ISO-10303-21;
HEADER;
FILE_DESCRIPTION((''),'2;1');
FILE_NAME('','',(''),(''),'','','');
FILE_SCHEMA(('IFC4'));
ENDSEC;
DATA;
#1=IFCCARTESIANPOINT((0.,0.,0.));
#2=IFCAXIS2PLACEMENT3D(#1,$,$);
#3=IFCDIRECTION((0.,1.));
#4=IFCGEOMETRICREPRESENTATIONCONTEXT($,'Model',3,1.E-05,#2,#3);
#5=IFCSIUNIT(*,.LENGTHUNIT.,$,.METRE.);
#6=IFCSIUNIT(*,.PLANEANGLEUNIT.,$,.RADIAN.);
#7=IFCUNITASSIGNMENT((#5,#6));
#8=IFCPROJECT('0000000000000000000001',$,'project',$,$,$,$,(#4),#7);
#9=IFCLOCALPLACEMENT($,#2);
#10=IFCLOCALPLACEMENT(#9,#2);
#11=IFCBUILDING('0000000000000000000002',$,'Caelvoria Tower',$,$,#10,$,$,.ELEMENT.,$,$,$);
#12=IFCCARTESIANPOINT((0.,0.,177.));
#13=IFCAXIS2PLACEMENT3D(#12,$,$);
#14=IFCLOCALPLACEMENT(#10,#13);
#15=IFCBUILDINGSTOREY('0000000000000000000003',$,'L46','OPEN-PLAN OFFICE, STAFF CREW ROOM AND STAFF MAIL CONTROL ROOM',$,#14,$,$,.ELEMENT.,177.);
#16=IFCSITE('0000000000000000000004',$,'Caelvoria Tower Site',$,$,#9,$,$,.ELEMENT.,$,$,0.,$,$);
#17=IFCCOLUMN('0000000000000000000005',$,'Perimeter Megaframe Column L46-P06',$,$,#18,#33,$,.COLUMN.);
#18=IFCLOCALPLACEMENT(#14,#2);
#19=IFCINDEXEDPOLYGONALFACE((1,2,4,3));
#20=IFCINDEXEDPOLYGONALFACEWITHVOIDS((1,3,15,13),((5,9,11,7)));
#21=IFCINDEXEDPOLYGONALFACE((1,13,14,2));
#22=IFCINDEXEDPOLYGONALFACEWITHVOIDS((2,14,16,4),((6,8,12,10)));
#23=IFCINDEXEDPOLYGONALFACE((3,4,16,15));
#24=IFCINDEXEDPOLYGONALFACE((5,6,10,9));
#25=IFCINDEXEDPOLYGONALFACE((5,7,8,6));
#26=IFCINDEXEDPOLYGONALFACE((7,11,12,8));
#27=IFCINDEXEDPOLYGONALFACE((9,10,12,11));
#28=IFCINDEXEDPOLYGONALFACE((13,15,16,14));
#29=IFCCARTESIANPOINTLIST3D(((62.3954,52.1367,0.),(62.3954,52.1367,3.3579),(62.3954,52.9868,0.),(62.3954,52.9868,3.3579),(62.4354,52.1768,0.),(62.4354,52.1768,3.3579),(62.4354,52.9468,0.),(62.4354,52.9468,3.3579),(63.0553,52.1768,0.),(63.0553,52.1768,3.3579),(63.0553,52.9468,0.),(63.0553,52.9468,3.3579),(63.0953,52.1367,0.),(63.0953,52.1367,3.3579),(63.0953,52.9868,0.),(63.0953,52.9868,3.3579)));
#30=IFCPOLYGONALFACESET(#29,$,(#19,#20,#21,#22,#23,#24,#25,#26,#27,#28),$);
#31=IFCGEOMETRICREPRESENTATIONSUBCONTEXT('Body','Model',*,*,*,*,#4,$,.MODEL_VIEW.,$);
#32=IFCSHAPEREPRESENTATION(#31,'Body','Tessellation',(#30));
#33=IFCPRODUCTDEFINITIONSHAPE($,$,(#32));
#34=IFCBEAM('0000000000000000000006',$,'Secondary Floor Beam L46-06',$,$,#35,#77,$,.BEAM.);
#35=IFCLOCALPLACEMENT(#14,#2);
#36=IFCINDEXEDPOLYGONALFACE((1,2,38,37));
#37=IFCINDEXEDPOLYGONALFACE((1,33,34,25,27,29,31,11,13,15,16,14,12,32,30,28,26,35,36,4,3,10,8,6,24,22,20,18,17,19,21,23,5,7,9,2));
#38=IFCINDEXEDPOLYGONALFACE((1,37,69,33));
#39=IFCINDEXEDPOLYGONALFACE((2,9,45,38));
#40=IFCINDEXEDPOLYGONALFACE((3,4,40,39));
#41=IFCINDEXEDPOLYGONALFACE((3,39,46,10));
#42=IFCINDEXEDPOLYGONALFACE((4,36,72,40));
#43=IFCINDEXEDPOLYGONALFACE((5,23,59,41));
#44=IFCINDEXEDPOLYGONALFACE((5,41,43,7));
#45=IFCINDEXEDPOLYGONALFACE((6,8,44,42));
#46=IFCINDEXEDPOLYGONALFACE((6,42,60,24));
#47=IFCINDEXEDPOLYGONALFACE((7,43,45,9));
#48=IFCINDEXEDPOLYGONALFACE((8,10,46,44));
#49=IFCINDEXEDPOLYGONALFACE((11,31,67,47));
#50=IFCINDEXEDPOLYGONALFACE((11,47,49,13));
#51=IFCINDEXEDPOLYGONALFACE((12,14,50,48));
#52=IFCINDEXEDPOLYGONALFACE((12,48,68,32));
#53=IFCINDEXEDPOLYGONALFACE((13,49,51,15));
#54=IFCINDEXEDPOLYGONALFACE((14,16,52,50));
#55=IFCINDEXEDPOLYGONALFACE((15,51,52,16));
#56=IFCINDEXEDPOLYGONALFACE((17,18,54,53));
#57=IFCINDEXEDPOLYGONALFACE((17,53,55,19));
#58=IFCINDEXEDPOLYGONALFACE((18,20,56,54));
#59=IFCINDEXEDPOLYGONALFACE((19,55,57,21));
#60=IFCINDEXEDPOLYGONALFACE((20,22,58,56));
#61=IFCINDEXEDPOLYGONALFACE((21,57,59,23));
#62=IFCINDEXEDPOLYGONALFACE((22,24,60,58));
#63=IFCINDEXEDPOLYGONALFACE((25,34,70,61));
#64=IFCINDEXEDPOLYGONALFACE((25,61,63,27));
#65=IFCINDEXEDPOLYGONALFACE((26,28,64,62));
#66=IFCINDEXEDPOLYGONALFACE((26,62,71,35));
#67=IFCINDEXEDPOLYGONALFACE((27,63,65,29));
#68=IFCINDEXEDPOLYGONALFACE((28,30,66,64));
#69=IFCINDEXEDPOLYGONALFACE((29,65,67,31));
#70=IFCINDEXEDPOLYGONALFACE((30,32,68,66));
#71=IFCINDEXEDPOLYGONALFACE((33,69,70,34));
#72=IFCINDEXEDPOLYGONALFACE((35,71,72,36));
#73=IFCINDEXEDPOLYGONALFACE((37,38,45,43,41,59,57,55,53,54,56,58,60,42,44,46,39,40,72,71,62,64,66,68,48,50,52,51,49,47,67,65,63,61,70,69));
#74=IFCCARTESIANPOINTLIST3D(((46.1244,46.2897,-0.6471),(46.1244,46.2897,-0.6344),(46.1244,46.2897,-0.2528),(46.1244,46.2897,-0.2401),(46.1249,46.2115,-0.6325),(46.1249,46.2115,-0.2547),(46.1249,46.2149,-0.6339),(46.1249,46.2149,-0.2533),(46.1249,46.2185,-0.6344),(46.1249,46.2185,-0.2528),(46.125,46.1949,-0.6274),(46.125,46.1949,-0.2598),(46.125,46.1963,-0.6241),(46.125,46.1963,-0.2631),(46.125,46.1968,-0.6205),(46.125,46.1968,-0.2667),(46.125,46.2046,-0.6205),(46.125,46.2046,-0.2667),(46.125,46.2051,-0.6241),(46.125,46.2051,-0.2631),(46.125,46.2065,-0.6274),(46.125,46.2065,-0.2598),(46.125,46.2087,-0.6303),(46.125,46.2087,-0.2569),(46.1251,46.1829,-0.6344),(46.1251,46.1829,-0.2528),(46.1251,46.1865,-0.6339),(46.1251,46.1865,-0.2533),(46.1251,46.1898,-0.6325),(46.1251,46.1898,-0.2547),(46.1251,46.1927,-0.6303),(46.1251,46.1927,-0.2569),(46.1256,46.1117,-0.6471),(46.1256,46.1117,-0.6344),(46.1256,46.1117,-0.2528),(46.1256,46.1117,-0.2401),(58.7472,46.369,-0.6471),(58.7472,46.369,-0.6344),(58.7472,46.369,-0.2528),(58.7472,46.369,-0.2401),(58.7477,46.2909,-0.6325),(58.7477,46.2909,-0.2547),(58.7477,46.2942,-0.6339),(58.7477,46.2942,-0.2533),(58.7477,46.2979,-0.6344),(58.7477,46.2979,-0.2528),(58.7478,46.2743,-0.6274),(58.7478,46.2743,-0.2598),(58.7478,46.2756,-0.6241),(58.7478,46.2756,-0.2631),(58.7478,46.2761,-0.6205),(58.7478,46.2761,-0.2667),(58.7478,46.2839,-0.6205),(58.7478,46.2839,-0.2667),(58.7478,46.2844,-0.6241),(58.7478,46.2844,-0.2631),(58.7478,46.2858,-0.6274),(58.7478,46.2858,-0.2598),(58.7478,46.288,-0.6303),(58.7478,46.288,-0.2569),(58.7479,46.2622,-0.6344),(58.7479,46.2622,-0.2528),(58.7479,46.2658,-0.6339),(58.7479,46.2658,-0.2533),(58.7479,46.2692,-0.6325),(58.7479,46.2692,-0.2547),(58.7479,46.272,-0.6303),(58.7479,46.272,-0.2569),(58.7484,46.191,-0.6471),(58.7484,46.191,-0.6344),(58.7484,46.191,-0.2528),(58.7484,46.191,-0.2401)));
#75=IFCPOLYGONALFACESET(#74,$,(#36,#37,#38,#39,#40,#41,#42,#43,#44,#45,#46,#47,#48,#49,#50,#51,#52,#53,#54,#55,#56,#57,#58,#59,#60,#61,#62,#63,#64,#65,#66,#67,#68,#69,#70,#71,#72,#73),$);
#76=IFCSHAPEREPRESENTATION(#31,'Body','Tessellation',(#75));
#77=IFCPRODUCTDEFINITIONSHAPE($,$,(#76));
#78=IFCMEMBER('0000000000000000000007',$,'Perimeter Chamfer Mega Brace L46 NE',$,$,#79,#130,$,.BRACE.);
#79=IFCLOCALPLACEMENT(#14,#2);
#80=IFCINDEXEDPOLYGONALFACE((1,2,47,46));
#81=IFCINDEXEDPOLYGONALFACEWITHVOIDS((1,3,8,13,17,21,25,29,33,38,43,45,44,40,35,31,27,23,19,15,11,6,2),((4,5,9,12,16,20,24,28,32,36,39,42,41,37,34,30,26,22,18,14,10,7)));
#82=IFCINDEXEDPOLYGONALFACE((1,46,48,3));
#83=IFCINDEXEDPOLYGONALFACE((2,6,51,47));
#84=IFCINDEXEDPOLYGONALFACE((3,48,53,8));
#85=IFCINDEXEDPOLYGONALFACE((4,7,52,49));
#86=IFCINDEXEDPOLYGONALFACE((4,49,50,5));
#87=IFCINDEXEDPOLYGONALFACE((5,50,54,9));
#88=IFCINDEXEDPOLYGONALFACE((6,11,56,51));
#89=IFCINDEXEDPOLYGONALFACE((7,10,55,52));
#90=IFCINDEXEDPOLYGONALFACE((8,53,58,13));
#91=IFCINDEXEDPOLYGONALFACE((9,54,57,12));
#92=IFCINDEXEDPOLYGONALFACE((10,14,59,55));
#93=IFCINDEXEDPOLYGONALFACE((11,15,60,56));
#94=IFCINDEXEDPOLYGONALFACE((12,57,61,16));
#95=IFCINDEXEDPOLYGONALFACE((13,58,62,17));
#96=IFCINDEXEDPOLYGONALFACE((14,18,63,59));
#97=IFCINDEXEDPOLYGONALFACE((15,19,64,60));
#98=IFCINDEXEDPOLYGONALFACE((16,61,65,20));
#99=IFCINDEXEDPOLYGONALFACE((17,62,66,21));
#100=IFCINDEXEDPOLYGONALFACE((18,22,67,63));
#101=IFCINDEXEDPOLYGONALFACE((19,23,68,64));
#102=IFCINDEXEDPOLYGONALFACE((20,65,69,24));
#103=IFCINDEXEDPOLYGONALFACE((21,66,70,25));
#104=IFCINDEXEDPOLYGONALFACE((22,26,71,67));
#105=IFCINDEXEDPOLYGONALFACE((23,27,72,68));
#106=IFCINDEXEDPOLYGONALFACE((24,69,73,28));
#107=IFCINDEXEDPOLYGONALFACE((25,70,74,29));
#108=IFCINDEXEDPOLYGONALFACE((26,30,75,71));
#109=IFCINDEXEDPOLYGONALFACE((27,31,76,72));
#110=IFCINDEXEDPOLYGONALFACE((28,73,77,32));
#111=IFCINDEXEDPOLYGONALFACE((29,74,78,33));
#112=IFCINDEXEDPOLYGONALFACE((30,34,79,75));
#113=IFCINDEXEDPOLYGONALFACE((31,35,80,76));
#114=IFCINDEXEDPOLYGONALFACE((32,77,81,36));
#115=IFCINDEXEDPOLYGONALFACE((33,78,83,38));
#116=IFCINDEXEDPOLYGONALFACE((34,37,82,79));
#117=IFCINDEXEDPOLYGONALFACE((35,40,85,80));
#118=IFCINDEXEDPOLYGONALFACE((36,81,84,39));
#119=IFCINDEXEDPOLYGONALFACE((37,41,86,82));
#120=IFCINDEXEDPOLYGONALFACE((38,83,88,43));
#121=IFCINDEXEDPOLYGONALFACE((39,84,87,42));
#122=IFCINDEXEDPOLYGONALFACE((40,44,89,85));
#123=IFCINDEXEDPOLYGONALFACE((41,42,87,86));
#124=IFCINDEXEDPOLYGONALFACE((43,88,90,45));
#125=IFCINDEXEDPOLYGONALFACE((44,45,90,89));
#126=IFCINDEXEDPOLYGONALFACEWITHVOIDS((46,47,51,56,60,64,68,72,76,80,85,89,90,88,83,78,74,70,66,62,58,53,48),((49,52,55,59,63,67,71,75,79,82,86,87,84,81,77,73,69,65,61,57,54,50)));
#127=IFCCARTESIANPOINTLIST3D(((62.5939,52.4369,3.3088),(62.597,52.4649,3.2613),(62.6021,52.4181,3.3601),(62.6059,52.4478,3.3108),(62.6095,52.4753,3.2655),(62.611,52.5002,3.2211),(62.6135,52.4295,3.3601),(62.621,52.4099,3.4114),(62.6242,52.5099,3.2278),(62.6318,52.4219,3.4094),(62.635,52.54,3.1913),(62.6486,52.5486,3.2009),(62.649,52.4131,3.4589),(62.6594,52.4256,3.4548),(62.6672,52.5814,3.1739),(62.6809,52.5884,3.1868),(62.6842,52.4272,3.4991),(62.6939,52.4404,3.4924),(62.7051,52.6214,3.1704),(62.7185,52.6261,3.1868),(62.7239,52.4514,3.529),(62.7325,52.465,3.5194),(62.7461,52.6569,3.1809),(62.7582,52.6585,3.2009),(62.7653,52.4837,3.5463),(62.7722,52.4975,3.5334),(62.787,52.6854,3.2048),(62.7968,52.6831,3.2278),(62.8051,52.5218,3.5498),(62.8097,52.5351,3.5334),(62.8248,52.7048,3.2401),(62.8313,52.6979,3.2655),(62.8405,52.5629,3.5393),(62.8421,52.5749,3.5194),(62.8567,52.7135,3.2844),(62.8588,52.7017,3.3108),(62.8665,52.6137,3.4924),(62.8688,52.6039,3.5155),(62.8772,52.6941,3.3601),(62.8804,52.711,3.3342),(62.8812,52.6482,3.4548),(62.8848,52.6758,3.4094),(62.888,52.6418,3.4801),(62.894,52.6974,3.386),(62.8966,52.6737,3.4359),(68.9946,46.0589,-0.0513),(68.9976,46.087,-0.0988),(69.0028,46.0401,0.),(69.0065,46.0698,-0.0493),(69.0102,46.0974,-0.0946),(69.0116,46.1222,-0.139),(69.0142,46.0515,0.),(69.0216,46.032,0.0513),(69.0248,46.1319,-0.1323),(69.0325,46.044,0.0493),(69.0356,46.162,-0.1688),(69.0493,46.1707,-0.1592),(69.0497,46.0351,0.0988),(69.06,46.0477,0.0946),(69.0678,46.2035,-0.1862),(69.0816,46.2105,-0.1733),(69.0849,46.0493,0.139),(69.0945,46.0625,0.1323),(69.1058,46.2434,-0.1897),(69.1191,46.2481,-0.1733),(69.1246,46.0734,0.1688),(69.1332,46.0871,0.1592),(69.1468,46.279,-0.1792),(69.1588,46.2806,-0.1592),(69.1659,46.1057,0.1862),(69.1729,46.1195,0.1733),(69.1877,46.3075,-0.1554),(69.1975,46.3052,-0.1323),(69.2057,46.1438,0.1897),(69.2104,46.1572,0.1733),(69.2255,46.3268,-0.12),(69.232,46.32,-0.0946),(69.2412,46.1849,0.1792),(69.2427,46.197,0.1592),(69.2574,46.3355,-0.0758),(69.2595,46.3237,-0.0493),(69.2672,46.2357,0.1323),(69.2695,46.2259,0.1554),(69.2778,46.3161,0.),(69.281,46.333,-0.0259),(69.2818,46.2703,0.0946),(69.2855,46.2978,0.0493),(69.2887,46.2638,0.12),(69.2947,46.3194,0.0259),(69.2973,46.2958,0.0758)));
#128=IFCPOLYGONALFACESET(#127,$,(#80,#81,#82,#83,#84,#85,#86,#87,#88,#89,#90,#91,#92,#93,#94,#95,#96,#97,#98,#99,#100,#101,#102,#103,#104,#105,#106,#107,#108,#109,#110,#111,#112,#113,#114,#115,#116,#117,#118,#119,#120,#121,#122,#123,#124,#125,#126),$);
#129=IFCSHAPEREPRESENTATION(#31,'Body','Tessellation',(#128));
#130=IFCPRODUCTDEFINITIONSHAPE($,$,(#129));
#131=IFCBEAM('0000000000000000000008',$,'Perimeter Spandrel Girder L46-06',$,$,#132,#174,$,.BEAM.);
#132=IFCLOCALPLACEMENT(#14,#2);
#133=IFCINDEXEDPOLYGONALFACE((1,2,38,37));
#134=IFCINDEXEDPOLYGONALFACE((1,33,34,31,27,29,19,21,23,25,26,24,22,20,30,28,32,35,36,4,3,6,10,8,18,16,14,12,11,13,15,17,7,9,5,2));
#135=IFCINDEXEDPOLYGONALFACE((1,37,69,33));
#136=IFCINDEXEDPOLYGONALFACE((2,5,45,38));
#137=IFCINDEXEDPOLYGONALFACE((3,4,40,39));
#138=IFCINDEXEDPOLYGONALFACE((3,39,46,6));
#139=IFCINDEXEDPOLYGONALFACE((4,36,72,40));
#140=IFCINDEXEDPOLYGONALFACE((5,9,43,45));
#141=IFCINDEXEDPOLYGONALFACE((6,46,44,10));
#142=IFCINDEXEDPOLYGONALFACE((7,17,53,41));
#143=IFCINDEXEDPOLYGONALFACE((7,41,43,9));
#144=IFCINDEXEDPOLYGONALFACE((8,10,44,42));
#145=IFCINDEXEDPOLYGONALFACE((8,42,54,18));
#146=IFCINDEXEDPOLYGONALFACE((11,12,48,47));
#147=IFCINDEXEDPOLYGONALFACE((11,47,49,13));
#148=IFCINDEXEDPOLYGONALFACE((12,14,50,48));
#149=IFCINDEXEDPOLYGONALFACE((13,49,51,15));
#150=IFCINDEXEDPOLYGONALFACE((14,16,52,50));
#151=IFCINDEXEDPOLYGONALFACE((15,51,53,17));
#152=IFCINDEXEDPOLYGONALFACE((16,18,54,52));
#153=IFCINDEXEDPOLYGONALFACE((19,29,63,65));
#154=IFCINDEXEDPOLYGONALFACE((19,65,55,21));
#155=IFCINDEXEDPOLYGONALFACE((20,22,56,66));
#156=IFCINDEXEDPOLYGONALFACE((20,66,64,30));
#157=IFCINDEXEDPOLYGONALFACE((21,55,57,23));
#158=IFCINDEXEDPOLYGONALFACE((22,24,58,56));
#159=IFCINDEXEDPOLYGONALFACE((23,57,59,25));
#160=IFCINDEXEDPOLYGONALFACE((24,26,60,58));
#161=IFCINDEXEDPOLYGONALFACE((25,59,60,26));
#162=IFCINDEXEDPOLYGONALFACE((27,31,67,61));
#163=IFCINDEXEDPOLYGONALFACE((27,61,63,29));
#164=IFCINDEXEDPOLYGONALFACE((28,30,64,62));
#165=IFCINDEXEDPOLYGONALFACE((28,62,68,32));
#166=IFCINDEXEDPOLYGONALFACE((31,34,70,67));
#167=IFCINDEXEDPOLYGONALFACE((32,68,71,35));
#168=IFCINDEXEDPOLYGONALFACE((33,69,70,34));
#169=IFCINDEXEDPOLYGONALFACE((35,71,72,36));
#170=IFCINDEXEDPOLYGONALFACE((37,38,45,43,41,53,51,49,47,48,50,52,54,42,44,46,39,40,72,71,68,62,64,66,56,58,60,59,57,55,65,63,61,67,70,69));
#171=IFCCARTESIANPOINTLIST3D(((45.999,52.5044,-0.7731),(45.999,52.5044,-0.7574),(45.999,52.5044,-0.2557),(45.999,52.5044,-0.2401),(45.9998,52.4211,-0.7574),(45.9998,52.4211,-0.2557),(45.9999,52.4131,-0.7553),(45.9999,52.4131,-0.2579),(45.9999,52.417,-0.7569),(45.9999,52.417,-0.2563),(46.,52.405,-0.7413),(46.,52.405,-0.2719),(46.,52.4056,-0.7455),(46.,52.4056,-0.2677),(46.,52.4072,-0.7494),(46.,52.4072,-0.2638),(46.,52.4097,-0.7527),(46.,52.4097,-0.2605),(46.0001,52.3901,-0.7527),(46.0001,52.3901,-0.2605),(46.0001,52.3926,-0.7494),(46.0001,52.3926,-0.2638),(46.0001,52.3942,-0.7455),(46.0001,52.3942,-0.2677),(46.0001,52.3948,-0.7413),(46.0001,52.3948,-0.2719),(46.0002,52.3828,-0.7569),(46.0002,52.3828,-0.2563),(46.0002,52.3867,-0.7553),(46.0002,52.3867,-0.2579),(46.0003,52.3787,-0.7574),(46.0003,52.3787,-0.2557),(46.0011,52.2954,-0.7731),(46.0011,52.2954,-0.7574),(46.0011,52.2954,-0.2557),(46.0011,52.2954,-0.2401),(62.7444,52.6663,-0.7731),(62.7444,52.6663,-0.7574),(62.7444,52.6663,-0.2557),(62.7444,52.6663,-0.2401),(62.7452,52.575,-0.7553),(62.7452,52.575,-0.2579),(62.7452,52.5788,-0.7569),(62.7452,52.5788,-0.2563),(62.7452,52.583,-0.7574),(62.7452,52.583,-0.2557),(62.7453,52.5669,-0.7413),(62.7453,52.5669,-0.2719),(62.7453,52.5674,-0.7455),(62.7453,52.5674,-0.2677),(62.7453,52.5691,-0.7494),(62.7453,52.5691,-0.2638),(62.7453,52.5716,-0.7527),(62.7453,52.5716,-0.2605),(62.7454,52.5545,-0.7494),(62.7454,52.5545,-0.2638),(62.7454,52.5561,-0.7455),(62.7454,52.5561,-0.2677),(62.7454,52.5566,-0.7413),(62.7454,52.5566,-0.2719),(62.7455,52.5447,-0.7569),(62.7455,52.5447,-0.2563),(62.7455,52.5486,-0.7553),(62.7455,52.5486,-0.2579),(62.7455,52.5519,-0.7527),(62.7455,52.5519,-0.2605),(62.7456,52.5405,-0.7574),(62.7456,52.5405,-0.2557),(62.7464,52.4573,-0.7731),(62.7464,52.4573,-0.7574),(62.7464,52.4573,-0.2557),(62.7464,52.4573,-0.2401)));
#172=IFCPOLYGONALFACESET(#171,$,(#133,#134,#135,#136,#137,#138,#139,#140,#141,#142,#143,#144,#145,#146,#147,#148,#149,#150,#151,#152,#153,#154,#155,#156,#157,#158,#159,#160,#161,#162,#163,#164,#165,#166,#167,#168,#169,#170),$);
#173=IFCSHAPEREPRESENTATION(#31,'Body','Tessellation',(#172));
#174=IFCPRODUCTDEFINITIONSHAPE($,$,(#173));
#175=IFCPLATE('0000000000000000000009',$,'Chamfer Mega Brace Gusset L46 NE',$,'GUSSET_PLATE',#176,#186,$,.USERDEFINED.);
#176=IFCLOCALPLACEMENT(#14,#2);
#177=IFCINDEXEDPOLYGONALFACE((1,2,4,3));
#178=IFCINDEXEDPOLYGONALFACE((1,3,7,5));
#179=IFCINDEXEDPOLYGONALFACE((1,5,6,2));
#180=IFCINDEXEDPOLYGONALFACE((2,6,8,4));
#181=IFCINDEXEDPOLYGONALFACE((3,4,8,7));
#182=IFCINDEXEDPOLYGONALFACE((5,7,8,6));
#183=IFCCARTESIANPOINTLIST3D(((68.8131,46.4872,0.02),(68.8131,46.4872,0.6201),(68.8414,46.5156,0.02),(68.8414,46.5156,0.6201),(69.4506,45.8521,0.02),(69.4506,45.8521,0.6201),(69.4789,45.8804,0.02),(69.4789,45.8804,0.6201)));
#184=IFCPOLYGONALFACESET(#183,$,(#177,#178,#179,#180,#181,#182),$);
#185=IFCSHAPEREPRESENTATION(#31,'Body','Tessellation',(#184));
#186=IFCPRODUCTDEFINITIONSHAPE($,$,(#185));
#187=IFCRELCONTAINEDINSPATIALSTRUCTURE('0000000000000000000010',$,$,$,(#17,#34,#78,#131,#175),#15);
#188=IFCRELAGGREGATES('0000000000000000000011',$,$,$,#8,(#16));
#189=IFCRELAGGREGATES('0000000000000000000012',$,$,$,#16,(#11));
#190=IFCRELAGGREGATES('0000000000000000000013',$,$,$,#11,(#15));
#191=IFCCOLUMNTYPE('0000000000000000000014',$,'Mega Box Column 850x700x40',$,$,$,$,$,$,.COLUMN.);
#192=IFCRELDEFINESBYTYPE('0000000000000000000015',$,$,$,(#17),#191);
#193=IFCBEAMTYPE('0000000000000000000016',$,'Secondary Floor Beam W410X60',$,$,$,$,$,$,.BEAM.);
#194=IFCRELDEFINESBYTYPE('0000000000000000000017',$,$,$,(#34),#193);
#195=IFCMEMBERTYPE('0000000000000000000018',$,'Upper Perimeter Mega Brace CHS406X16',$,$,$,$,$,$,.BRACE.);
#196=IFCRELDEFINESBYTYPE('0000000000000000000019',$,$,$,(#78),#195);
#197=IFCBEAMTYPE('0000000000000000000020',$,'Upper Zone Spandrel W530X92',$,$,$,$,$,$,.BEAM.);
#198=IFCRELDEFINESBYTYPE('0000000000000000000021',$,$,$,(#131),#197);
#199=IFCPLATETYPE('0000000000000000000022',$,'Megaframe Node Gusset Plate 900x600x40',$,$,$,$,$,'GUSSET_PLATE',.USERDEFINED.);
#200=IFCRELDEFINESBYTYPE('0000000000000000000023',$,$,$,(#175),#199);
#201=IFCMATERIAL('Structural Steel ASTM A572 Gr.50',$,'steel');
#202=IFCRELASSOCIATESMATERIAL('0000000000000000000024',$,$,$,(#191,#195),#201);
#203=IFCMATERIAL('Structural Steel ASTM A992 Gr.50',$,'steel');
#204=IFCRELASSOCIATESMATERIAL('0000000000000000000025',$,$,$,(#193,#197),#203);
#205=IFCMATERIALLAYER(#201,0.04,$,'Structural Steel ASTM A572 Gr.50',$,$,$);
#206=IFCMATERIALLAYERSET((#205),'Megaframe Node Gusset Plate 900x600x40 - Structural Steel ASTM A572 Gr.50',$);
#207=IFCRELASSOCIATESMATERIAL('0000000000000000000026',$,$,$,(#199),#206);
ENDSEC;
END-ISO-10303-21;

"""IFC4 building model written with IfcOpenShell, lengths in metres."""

from ifc_helpers import new_model, si_unit, direction, frame, origin, origin_2d, place, context, subcontext, project, spatial, rectangle, hollow_rectangle, hollow_circle, i_section, extrude, material, layer, layer_set, material_profile, profile_set, type_object, element, save


model = new_model("IFC4")

# Units and contexts
model_context = context("Model", 3, precision=1e-05, world=origin(), true_north=direction((0.0, 1.0)))
body_context = subcontext(model_context, "Body", "Model", "MODEL_VIEW")
ifc_project = project(units=[si_unit("LENGTHUNIT", "METRE"), si_unit("PLANEANGLEUNIT", "RADIAN")], contexts=[model_context])

# Site, building, storey
site_placement = place(None, origin())
site = spatial("IfcSite", under=ifc_project, at=site_placement, Name="Caelvoria Tower Site", CompositionType="ELEMENT", RefElevation=0.0)
building_placement = place(site_placement, origin())
building = spatial("IfcBuilding", under=site, at=building_placement, Name="Caelvoria Tower", CompositionType="ELEMENT")
storey_placement = place(building_placement, frame((0.0, 0.0, 177.0)))
storey = spatial("IfcBuildingStorey", under=building, at=storey_placement, Name="L46", Description="OPEN-PLAN OFFICE, STAFF CREW ROOM AND STAFF MAIL CONTROL ROOM", CompositionType="ELEMENT", Elevation=177.0)

# Column
ifc_material_1 = material(Name="Structural Steel ASTM A572 Gr.50", Category="steel")
ifc_material_profile_1 = material_profile(ifc_material_1, hollow_rectangle(XDim=0.7, YDim=0.8501, WallThickness=0.04, at=origin_2d()), Name="Structural Steel ASTM A572 Gr.50")
ifc_profile_set_1 = profile_set([ifc_material_profile_1], Name="BOX850X700X40 - Structural Steel ASTM A572 Gr.50")
column_type = type_object("IfcColumnType", Name="Mega Box Column 850x700x40", PredefinedType="COLUMN", material=ifc_profile_set_1)
column_placement = place(storey_placement, frame((62.7454, 52.5618, 0.0), z_axis=(0.0, 0.0, 1.0), x_axis=(1.0, 0.0, 0.0)))
element("IfcColumn", 1, at=column_placement, inside=storey, type_object=column_type, Name="Perimeter Megaframe Column L46-P06", PredefinedType="COLUMN", context=body_context, shape_type="SweptSolid", body=[
    extrude(hollow_rectangle(XDim=0.7, YDim=0.8501, WallThickness=0.04, at=origin_2d()), origin(), (0.0, 0.0, 1.0), 3.3579),
])

# Beam
ifc_material_2 = material(Name="Structural Steel ASTM A992 Gr.50", Category="steel")
ifc_material_profile_2 = material_profile(ifc_material_2, i_section(OverallWidth=0.178, OverallDepth=0.407, WebThickness=0.0078, FlangeThickness=0.0127, FilletRadius=0.0139, at=origin_2d()), Name="Structural Steel ASTM A992 Gr.50")
ifc_profile_set_2 = profile_set([ifc_material_profile_2], Name="W410X60 - Structural Steel ASTM A992 Gr.50")
beam_type_1 = type_object("IfcBeamType", Name="Secondary Floor Beam W410X60", PredefinedType="BEAM", material=ifc_profile_set_2)
beam_1_placement = place(storey_placement, frame((58.7478, 46.28, -0.4436), z_axis=(-0.99998, -0.006286, 0.0), x_axis=(0.006286, -0.99998, 0.0)))
element("IfcBeam", 2, at=beam_1_placement, inside=storey, type_object=beam_type_1, Name="Secondary Floor Beam L46-06", PredefinedType="BEAM", context=body_context, shape_type="SweptSolid", body=[
    extrude(i_section(OverallWidth=0.178, OverallDepth=0.407, WebThickness=0.0078, FlangeThickness=0.0127, FilletRadius=0.0139, at=origin_2d()), origin(), (0.0, 0.0, 1.0), 12.623),
])

# Member
ifc_material_profile_3 = material_profile(ifc_material_1, hollow_circle(Radius=0.2029, WallThickness=0.0161, at=origin_2d()), Name="Structural Steel ASTM A572 Gr.50")
ifc_profile_set_3 = profile_set([ifc_material_profile_3], Name="CHS406X16 - Structural Steel ASTM A572 Gr.50")
member_type = type_object("IfcMemberType", Name="Upper Perimeter Mega Brace CHS406X16", PredefinedType="BRACE", material=ifc_profile_set_3)
member_placement = place(storey_placement, frame((69.146, 46.1838, 0.0), z_axis=(-0.663942, 0.661587, 0.348546), x_axis=(-0.705849, -0.708362, 0.0)))
element("IfcMember", 3, at=member_placement, inside=storey, type_object=member_type, Name="Perimeter Chamfer Mega Brace L46 NE", PredefinedType="BRACE", context=body_context, shape_type="SweptSolid", body=[
    extrude(hollow_circle(Radius=0.2029, WallThickness=0.0161, at=origin_2d()), origin(), (0.0, 0.0, 1.0), 9.6404),
])

# Beam
ifc_material_profile_4 = material_profile(ifc_material_2, i_section(OverallWidth=0.209, OverallDepth=0.533, WebThickness=0.0103, FlangeThickness=0.0156, FilletRadius=0.0161, at=origin_2d()), Name="Structural Steel ASTM A992 Gr.50")
ifc_profile_set_4 = profile_set([ifc_material_profile_4], Name="W530X92 - Structural Steel ASTM A992 Gr.50")
beam_type_2 = type_object("IfcBeamType", Name="Upper Zone Spandrel W530X92", PredefinedType="BEAM", material=ifc_profile_set_4)
beam_2_placement = place(storey_placement, frame((62.7454, 52.5618, -0.5066), z_axis=(-0.999953, -0.009666, 0.0), x_axis=(0.009666, -0.999953, 0.0)))
element("IfcBeam", 4, at=beam_2_placement, inside=storey, type_object=beam_type_2, Name="Perimeter Spandrel Girder L46-06", PredefinedType="BEAM", context=body_context, shape_type="SweptSolid", body=[
    extrude(i_section(OverallWidth=0.209, OverallDepth=0.533, WebThickness=0.0103, FlangeThickness=0.0156, FilletRadius=0.0161, at=origin_2d()), origin(), (0.0, 0.0, 1.0), 16.7461),
])

# Plate
ifc_layer_1 = layer(ifc_material_1, 0.04, Name="Structural Steel ASTM A572 Gr.50")
ifc_layer_set_1 = layer_set([ifc_layer_1], Name="Megaframe Node Gusset Plate 900x600x40 - Structural Steel ASTM A572 Gr.50")
plate_type = type_object("IfcPlateType", Name="Megaframe Node Gusset Plate 900x600x40", ElementType="GUSSET_PLATE", PredefinedType="USERDEFINED", material=ifc_layer_set_1)
plate_placement = place(storey_placement, frame((69.146, 46.1838, 0.02), z_axis=(0.0, 0.0, 1.0), x_axis=(-0.708373, 0.705838, 0.0)))
element("IfcPlate", 5, at=plate_placement, inside=storey, type_object=plate_type, Name="Chamfer Mega Brace Gusset L46 NE", ObjectType="GUSSET_PLATE", PredefinedType="USERDEFINED", context=body_context, shape_type="SweptSolid", body=[
    extrude(rectangle(XDim=0.8999, YDim=0.04, at=origin_2d()), origin(), (0.0, 0.0, 1.0), 0.6001),
])

save(model, "model.ifc")
